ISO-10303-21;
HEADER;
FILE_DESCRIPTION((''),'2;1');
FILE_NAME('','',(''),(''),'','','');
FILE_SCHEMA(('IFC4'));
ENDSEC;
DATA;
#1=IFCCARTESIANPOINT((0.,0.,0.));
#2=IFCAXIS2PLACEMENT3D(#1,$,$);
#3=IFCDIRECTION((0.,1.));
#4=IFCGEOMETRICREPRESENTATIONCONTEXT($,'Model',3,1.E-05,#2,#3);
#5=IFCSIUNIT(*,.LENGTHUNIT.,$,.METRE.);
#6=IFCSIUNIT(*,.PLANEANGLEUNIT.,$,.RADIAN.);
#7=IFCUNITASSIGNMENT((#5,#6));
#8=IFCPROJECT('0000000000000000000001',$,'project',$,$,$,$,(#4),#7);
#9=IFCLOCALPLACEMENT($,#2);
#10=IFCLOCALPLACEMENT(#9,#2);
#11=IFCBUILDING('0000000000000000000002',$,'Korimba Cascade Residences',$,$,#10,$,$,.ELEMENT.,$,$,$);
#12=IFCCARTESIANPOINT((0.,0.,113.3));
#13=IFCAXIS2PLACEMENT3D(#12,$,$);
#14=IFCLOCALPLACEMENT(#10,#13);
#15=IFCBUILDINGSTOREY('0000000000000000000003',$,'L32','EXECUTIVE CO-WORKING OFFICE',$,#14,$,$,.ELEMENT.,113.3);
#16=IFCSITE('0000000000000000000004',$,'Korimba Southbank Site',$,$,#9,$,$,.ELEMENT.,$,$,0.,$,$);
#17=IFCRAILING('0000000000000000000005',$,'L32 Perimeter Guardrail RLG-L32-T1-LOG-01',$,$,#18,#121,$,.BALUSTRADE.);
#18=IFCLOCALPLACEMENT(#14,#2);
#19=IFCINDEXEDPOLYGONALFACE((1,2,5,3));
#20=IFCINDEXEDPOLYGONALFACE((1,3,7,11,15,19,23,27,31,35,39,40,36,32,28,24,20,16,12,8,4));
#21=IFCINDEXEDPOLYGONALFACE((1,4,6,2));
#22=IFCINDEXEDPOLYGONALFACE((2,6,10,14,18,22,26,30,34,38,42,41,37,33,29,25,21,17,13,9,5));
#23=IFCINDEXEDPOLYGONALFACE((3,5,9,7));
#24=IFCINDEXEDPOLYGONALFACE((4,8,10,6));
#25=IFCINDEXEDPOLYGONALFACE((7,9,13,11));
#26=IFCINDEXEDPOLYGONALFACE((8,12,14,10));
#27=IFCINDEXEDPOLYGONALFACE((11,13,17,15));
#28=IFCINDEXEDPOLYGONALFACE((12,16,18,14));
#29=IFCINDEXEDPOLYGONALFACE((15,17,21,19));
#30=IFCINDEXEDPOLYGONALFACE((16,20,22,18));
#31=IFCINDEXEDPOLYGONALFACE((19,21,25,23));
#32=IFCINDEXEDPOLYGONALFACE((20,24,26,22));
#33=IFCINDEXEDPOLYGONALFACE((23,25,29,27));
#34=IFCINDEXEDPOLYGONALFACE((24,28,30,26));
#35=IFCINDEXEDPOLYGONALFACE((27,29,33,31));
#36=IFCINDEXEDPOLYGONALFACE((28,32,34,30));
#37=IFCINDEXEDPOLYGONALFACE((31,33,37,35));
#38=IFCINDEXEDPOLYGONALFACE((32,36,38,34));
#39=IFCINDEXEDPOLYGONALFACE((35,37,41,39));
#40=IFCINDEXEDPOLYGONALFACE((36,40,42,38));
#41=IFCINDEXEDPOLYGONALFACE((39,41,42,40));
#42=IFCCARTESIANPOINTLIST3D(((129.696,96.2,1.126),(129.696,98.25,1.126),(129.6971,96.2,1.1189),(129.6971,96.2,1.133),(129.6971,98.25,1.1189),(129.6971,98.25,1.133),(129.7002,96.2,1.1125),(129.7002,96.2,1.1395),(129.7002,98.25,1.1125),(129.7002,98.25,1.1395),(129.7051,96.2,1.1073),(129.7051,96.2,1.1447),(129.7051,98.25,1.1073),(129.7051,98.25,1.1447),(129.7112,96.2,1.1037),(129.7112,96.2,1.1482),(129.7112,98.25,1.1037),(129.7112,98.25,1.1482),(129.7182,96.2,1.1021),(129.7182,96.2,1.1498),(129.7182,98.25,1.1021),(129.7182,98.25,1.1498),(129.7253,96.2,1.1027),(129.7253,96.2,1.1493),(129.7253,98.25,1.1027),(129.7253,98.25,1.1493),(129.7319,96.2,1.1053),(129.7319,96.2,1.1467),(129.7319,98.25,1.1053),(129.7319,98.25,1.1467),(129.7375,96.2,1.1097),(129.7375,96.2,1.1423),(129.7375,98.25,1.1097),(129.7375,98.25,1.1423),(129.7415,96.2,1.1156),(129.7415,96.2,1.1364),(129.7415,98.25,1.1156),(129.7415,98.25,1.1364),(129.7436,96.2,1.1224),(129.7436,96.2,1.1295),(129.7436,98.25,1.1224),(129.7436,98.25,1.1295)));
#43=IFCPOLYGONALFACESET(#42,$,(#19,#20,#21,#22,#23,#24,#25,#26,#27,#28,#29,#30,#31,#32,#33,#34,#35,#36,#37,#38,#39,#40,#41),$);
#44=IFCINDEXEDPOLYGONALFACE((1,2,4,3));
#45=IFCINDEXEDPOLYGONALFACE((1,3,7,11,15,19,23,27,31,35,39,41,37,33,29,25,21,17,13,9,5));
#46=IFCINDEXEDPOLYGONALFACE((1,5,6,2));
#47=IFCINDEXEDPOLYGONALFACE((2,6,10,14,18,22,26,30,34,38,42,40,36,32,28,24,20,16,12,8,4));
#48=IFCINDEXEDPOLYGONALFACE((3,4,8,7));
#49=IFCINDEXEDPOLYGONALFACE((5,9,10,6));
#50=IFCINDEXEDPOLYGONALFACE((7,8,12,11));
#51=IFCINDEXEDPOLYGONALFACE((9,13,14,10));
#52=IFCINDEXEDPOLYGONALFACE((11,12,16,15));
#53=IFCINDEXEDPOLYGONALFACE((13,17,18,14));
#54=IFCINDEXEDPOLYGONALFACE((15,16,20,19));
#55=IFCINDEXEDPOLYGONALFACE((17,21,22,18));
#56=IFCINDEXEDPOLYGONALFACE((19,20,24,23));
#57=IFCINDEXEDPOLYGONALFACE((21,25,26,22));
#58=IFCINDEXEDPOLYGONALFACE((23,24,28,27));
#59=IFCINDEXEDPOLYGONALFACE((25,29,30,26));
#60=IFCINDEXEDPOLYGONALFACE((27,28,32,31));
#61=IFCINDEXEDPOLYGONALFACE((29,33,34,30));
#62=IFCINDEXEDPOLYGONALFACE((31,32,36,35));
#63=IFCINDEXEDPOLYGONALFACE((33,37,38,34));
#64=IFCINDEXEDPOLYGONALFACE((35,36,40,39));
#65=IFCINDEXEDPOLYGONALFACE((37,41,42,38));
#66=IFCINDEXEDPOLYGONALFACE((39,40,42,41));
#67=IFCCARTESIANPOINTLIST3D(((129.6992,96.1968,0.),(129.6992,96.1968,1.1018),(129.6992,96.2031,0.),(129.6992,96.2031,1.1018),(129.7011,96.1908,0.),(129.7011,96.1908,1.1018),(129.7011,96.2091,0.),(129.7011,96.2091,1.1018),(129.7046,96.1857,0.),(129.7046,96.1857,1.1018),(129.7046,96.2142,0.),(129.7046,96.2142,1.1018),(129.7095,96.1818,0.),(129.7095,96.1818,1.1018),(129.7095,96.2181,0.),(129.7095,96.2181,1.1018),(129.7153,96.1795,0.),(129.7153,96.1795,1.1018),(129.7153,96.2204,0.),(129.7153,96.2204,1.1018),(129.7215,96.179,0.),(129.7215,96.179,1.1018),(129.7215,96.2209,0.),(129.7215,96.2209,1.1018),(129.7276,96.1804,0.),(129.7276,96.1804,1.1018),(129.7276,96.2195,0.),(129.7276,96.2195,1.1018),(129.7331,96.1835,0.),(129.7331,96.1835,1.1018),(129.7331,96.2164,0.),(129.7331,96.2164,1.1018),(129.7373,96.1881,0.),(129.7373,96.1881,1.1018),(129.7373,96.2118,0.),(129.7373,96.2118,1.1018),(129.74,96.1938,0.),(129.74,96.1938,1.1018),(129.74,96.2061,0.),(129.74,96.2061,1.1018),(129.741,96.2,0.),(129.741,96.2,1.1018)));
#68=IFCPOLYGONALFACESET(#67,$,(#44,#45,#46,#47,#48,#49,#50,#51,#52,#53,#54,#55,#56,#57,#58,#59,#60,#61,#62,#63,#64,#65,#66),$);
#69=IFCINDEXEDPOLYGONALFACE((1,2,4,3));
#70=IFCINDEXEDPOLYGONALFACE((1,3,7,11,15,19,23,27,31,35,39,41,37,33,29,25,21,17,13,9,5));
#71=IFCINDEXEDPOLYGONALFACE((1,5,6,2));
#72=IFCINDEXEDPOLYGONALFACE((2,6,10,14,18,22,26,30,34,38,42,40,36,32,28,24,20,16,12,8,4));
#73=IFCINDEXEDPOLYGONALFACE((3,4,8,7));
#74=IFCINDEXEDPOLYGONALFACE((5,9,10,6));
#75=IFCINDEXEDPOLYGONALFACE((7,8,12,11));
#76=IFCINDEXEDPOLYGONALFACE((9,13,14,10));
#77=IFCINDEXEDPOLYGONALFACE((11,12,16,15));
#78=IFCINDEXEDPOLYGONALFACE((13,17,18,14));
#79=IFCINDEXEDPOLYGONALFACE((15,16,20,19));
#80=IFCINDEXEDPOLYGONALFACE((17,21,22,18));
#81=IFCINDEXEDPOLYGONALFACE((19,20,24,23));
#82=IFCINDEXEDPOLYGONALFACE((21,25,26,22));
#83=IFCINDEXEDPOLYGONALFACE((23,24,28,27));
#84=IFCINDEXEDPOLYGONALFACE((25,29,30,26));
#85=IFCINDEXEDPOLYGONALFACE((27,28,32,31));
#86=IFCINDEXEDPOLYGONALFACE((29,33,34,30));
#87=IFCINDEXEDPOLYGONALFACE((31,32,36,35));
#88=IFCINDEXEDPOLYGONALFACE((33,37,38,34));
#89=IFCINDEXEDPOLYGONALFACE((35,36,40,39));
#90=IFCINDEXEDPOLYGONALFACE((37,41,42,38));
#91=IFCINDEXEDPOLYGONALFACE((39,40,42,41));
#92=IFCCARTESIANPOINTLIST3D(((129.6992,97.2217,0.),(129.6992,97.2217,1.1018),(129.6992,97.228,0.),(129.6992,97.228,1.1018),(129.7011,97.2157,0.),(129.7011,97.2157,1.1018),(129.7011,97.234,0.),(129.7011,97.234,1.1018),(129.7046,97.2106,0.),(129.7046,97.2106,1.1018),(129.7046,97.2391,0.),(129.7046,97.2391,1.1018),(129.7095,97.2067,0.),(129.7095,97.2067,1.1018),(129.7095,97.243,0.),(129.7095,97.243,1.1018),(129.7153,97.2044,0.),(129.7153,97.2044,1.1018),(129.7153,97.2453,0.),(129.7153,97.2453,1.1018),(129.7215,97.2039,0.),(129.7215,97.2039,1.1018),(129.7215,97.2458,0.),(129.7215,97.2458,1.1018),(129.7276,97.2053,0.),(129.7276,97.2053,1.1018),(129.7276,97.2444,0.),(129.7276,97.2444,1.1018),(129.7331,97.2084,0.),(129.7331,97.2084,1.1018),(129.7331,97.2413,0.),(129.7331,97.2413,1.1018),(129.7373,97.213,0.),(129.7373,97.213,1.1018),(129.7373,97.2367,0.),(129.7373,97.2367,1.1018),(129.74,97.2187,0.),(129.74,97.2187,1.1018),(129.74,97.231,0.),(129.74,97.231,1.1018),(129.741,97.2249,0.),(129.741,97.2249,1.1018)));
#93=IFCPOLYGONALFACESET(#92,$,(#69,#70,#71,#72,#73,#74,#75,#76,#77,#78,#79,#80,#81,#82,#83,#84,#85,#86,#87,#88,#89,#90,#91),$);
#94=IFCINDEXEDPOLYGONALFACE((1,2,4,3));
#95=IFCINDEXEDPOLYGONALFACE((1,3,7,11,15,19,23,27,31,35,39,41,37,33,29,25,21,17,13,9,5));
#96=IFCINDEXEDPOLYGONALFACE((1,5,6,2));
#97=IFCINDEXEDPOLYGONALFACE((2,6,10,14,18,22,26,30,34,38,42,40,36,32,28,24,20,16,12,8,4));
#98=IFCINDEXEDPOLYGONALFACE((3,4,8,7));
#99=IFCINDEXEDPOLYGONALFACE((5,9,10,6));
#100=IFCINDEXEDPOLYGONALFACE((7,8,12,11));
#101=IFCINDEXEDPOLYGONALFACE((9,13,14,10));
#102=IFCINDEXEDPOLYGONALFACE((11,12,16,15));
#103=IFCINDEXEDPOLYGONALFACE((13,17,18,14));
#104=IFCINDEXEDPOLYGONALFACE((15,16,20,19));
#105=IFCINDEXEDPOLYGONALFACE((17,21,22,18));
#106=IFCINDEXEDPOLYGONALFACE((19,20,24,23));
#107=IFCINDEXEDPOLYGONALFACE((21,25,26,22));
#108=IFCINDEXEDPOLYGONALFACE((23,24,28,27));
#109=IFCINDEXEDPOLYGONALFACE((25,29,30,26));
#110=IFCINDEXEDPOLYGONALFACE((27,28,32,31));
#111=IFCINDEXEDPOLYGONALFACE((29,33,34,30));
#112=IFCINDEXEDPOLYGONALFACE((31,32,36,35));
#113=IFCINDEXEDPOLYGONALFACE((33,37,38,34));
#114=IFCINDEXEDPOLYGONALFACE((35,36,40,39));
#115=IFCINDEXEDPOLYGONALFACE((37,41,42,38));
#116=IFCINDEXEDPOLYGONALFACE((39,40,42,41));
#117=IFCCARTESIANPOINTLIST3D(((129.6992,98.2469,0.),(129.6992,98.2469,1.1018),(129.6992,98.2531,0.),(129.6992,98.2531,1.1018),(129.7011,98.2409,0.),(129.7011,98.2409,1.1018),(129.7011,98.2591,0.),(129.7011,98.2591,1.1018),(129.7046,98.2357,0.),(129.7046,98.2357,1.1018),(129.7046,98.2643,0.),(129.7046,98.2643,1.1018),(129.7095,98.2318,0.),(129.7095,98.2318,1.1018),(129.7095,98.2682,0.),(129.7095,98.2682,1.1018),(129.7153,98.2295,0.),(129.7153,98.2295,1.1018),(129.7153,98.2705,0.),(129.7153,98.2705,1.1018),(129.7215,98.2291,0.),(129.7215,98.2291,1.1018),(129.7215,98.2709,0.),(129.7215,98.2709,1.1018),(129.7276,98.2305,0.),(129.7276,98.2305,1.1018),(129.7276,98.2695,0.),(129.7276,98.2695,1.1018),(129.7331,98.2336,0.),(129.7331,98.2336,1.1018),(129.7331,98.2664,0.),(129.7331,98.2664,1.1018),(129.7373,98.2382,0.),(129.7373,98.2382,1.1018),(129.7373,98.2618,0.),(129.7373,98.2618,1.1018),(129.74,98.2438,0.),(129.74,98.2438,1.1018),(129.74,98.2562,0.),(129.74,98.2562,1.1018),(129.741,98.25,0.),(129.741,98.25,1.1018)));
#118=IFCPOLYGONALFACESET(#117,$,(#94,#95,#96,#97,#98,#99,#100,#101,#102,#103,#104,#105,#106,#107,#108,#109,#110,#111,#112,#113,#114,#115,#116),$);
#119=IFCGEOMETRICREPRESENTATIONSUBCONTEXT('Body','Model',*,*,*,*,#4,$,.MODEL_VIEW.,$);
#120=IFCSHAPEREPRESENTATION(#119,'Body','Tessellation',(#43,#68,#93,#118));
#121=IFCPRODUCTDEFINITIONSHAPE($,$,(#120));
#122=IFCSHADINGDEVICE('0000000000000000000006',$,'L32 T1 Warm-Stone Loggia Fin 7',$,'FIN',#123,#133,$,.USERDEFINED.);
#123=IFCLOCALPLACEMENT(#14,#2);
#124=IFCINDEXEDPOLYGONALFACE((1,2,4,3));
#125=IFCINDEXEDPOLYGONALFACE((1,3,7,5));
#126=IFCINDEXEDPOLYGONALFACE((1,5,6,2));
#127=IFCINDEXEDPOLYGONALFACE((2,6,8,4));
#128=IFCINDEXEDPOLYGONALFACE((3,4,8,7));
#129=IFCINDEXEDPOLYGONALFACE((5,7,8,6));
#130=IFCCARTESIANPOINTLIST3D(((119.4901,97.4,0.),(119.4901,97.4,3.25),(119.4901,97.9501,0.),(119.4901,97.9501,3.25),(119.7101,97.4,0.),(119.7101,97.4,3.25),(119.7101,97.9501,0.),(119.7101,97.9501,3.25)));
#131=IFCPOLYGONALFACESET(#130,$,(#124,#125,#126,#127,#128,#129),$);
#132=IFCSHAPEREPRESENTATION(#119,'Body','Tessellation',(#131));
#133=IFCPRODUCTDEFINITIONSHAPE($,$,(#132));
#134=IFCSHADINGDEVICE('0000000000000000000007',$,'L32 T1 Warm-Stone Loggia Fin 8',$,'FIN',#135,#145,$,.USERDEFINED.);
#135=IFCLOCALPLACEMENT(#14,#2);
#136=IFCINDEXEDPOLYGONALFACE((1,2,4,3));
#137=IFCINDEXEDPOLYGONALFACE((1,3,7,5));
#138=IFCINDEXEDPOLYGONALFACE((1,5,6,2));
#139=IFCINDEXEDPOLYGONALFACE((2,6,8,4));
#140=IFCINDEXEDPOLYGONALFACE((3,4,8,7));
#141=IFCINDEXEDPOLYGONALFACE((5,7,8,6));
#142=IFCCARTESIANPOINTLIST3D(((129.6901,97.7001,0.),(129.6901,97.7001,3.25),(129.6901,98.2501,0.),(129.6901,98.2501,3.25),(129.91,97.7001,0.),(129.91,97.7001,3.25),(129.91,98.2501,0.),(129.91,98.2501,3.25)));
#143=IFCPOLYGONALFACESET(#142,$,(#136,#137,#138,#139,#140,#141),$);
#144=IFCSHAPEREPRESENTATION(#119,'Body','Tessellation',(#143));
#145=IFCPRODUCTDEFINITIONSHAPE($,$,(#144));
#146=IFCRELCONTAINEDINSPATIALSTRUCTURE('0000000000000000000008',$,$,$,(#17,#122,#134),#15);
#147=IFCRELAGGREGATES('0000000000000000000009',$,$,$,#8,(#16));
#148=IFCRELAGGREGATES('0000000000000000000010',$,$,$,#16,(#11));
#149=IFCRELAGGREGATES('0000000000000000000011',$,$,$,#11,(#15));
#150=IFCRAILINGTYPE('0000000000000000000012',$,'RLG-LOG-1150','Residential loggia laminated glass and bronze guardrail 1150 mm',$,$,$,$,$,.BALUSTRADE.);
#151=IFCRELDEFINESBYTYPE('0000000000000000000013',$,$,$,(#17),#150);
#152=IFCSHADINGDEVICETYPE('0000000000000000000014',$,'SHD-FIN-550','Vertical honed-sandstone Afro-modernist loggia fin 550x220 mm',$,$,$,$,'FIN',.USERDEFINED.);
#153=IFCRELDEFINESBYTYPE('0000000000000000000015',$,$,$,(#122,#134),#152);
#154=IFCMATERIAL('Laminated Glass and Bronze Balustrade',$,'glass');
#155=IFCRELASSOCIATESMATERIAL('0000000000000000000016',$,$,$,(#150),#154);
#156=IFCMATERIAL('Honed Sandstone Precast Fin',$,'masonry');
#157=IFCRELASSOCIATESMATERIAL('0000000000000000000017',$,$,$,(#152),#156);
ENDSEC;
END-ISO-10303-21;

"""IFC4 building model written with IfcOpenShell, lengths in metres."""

from ifc_helpers import new_model, si_unit, direction, frame, origin, origin_2d, place, context, subcontext, project, spatial, rectangle, circle, extrude, material, type_object, element, save


model = new_model("IFC4")

# Units and contexts
model_context = context("Model", 3, precision=1e-05, world=origin(), true_north=direction((0.0, 1.0)))
body_context = subcontext(model_context, "Body", "Model", "MODEL_VIEW")
ifc_project = project(units=[si_unit("LENGTHUNIT", "METRE"), si_unit("PLANEANGLEUNIT", "RADIAN")], contexts=[model_context])

# Site, building, storey
site_placement = place(None, origin())
site = spatial("IfcSite", under=ifc_project, at=site_placement, Name="Korimba Southbank Site", CompositionType="ELEMENT", RefElevation=0.0)
building_placement = place(site_placement, origin())
building = spatial("IfcBuilding", under=site, at=building_placement, Name="Korimba Cascade Residences", CompositionType="ELEMENT")
storey_placement = place(building_placement, frame((0.0, 0.0, 113.3)))
storey = spatial("IfcBuildingStorey", under=building, at=storey_placement, Name="L32", Description="EXECUTIVE CO-WORKING OFFICE", CompositionType="ELEMENT", Elevation=113.3)

# Railing
ifc_material_1 = material(Name="Laminated Glass and Bronze Balustrade", Category="glass")
railing_type = type_object("IfcRailingType", Name="RLG-LOG-1150", Description="Residential loggia laminated glass and bronze guardrail 1150 mm", PredefinedType="BALUSTRADE", material=ifc_material_1)
railing_1_placement = place(storey_placement, frame((129.72, 96.2, 0.0)))
element("IfcRailing", 1, at=railing_1_placement, inside=storey, type_object=railing_type, Name="L32 Perimeter Guardrail RLG-L32-T1-LOG-01", PredefinedType="BALUSTRADE", context=body_context, shape_type="SweptSolid", body=[
    extrude(circle(Radius=0.0239, at=origin_2d()), frame((0.0, 0.0, 1.126), z_axis=(0.0, 1.0, 0.0), x_axis=(-1.0, 0.0, 0.0)), (0.0, 0.0, 1.0), 2.05),
    extrude(circle(Radius=0.021, at=origin_2d()), origin(), (0.0, 0.0, 1.0), 1.1018),
    extrude(circle(Radius=0.021, at=origin_2d()), frame((0.0, 1.0249, 0.0)), (0.0, 0.0, 1.0), 1.1018),
    extrude(circle(Radius=0.021, at=origin_2d()), frame((0.0, 2.05, 0.0)), (0.0, 0.0, 1.0), 1.1018),
])

# Shading devices
ifc_material_2 = material(Name="Honed Sandstone Precast Fin", Category="masonry")
shading_device_type = type_object("IfcShadingDeviceType", Name="SHD-FIN-550", Description="Vertical honed-sandstone Afro-modernist loggia fin 550x220 mm", ElementType="FIN", PredefinedType="USERDEFINED", material=ifc_material_2)
for number, where, z_axis, x_axis, name in (
    (2, (119.6001, 97.675, 0.0), (0.0, 0.0, 1.0), (1.0, 0.0, 0.0), "L32 T1 Warm-Stone Loggia Fin 7"),
    (3, (129.8, 97.9751, 0.0), (0.0, 0.0, 1.0), (1.0, 0.0, 0.0), "L32 T1 Warm-Stone Loggia Fin 8"),
):
    element("IfcShadingDevice", number, at=place(storey_placement, frame(where, z_axis=z_axis, x_axis=x_axis)), inside=storey, type_object=shading_device_type, Name=name, ObjectType="FIN", PredefinedType="USERDEFINED", context=body_context, shape_type="SweptSolid", body=[
        extrude(rectangle(XDim=0.22, YDim=0.55, at=origin_2d()), origin(), (0.0, 0.0, 1.0), 3.25),
    ])

save(model, "model.ifc")
